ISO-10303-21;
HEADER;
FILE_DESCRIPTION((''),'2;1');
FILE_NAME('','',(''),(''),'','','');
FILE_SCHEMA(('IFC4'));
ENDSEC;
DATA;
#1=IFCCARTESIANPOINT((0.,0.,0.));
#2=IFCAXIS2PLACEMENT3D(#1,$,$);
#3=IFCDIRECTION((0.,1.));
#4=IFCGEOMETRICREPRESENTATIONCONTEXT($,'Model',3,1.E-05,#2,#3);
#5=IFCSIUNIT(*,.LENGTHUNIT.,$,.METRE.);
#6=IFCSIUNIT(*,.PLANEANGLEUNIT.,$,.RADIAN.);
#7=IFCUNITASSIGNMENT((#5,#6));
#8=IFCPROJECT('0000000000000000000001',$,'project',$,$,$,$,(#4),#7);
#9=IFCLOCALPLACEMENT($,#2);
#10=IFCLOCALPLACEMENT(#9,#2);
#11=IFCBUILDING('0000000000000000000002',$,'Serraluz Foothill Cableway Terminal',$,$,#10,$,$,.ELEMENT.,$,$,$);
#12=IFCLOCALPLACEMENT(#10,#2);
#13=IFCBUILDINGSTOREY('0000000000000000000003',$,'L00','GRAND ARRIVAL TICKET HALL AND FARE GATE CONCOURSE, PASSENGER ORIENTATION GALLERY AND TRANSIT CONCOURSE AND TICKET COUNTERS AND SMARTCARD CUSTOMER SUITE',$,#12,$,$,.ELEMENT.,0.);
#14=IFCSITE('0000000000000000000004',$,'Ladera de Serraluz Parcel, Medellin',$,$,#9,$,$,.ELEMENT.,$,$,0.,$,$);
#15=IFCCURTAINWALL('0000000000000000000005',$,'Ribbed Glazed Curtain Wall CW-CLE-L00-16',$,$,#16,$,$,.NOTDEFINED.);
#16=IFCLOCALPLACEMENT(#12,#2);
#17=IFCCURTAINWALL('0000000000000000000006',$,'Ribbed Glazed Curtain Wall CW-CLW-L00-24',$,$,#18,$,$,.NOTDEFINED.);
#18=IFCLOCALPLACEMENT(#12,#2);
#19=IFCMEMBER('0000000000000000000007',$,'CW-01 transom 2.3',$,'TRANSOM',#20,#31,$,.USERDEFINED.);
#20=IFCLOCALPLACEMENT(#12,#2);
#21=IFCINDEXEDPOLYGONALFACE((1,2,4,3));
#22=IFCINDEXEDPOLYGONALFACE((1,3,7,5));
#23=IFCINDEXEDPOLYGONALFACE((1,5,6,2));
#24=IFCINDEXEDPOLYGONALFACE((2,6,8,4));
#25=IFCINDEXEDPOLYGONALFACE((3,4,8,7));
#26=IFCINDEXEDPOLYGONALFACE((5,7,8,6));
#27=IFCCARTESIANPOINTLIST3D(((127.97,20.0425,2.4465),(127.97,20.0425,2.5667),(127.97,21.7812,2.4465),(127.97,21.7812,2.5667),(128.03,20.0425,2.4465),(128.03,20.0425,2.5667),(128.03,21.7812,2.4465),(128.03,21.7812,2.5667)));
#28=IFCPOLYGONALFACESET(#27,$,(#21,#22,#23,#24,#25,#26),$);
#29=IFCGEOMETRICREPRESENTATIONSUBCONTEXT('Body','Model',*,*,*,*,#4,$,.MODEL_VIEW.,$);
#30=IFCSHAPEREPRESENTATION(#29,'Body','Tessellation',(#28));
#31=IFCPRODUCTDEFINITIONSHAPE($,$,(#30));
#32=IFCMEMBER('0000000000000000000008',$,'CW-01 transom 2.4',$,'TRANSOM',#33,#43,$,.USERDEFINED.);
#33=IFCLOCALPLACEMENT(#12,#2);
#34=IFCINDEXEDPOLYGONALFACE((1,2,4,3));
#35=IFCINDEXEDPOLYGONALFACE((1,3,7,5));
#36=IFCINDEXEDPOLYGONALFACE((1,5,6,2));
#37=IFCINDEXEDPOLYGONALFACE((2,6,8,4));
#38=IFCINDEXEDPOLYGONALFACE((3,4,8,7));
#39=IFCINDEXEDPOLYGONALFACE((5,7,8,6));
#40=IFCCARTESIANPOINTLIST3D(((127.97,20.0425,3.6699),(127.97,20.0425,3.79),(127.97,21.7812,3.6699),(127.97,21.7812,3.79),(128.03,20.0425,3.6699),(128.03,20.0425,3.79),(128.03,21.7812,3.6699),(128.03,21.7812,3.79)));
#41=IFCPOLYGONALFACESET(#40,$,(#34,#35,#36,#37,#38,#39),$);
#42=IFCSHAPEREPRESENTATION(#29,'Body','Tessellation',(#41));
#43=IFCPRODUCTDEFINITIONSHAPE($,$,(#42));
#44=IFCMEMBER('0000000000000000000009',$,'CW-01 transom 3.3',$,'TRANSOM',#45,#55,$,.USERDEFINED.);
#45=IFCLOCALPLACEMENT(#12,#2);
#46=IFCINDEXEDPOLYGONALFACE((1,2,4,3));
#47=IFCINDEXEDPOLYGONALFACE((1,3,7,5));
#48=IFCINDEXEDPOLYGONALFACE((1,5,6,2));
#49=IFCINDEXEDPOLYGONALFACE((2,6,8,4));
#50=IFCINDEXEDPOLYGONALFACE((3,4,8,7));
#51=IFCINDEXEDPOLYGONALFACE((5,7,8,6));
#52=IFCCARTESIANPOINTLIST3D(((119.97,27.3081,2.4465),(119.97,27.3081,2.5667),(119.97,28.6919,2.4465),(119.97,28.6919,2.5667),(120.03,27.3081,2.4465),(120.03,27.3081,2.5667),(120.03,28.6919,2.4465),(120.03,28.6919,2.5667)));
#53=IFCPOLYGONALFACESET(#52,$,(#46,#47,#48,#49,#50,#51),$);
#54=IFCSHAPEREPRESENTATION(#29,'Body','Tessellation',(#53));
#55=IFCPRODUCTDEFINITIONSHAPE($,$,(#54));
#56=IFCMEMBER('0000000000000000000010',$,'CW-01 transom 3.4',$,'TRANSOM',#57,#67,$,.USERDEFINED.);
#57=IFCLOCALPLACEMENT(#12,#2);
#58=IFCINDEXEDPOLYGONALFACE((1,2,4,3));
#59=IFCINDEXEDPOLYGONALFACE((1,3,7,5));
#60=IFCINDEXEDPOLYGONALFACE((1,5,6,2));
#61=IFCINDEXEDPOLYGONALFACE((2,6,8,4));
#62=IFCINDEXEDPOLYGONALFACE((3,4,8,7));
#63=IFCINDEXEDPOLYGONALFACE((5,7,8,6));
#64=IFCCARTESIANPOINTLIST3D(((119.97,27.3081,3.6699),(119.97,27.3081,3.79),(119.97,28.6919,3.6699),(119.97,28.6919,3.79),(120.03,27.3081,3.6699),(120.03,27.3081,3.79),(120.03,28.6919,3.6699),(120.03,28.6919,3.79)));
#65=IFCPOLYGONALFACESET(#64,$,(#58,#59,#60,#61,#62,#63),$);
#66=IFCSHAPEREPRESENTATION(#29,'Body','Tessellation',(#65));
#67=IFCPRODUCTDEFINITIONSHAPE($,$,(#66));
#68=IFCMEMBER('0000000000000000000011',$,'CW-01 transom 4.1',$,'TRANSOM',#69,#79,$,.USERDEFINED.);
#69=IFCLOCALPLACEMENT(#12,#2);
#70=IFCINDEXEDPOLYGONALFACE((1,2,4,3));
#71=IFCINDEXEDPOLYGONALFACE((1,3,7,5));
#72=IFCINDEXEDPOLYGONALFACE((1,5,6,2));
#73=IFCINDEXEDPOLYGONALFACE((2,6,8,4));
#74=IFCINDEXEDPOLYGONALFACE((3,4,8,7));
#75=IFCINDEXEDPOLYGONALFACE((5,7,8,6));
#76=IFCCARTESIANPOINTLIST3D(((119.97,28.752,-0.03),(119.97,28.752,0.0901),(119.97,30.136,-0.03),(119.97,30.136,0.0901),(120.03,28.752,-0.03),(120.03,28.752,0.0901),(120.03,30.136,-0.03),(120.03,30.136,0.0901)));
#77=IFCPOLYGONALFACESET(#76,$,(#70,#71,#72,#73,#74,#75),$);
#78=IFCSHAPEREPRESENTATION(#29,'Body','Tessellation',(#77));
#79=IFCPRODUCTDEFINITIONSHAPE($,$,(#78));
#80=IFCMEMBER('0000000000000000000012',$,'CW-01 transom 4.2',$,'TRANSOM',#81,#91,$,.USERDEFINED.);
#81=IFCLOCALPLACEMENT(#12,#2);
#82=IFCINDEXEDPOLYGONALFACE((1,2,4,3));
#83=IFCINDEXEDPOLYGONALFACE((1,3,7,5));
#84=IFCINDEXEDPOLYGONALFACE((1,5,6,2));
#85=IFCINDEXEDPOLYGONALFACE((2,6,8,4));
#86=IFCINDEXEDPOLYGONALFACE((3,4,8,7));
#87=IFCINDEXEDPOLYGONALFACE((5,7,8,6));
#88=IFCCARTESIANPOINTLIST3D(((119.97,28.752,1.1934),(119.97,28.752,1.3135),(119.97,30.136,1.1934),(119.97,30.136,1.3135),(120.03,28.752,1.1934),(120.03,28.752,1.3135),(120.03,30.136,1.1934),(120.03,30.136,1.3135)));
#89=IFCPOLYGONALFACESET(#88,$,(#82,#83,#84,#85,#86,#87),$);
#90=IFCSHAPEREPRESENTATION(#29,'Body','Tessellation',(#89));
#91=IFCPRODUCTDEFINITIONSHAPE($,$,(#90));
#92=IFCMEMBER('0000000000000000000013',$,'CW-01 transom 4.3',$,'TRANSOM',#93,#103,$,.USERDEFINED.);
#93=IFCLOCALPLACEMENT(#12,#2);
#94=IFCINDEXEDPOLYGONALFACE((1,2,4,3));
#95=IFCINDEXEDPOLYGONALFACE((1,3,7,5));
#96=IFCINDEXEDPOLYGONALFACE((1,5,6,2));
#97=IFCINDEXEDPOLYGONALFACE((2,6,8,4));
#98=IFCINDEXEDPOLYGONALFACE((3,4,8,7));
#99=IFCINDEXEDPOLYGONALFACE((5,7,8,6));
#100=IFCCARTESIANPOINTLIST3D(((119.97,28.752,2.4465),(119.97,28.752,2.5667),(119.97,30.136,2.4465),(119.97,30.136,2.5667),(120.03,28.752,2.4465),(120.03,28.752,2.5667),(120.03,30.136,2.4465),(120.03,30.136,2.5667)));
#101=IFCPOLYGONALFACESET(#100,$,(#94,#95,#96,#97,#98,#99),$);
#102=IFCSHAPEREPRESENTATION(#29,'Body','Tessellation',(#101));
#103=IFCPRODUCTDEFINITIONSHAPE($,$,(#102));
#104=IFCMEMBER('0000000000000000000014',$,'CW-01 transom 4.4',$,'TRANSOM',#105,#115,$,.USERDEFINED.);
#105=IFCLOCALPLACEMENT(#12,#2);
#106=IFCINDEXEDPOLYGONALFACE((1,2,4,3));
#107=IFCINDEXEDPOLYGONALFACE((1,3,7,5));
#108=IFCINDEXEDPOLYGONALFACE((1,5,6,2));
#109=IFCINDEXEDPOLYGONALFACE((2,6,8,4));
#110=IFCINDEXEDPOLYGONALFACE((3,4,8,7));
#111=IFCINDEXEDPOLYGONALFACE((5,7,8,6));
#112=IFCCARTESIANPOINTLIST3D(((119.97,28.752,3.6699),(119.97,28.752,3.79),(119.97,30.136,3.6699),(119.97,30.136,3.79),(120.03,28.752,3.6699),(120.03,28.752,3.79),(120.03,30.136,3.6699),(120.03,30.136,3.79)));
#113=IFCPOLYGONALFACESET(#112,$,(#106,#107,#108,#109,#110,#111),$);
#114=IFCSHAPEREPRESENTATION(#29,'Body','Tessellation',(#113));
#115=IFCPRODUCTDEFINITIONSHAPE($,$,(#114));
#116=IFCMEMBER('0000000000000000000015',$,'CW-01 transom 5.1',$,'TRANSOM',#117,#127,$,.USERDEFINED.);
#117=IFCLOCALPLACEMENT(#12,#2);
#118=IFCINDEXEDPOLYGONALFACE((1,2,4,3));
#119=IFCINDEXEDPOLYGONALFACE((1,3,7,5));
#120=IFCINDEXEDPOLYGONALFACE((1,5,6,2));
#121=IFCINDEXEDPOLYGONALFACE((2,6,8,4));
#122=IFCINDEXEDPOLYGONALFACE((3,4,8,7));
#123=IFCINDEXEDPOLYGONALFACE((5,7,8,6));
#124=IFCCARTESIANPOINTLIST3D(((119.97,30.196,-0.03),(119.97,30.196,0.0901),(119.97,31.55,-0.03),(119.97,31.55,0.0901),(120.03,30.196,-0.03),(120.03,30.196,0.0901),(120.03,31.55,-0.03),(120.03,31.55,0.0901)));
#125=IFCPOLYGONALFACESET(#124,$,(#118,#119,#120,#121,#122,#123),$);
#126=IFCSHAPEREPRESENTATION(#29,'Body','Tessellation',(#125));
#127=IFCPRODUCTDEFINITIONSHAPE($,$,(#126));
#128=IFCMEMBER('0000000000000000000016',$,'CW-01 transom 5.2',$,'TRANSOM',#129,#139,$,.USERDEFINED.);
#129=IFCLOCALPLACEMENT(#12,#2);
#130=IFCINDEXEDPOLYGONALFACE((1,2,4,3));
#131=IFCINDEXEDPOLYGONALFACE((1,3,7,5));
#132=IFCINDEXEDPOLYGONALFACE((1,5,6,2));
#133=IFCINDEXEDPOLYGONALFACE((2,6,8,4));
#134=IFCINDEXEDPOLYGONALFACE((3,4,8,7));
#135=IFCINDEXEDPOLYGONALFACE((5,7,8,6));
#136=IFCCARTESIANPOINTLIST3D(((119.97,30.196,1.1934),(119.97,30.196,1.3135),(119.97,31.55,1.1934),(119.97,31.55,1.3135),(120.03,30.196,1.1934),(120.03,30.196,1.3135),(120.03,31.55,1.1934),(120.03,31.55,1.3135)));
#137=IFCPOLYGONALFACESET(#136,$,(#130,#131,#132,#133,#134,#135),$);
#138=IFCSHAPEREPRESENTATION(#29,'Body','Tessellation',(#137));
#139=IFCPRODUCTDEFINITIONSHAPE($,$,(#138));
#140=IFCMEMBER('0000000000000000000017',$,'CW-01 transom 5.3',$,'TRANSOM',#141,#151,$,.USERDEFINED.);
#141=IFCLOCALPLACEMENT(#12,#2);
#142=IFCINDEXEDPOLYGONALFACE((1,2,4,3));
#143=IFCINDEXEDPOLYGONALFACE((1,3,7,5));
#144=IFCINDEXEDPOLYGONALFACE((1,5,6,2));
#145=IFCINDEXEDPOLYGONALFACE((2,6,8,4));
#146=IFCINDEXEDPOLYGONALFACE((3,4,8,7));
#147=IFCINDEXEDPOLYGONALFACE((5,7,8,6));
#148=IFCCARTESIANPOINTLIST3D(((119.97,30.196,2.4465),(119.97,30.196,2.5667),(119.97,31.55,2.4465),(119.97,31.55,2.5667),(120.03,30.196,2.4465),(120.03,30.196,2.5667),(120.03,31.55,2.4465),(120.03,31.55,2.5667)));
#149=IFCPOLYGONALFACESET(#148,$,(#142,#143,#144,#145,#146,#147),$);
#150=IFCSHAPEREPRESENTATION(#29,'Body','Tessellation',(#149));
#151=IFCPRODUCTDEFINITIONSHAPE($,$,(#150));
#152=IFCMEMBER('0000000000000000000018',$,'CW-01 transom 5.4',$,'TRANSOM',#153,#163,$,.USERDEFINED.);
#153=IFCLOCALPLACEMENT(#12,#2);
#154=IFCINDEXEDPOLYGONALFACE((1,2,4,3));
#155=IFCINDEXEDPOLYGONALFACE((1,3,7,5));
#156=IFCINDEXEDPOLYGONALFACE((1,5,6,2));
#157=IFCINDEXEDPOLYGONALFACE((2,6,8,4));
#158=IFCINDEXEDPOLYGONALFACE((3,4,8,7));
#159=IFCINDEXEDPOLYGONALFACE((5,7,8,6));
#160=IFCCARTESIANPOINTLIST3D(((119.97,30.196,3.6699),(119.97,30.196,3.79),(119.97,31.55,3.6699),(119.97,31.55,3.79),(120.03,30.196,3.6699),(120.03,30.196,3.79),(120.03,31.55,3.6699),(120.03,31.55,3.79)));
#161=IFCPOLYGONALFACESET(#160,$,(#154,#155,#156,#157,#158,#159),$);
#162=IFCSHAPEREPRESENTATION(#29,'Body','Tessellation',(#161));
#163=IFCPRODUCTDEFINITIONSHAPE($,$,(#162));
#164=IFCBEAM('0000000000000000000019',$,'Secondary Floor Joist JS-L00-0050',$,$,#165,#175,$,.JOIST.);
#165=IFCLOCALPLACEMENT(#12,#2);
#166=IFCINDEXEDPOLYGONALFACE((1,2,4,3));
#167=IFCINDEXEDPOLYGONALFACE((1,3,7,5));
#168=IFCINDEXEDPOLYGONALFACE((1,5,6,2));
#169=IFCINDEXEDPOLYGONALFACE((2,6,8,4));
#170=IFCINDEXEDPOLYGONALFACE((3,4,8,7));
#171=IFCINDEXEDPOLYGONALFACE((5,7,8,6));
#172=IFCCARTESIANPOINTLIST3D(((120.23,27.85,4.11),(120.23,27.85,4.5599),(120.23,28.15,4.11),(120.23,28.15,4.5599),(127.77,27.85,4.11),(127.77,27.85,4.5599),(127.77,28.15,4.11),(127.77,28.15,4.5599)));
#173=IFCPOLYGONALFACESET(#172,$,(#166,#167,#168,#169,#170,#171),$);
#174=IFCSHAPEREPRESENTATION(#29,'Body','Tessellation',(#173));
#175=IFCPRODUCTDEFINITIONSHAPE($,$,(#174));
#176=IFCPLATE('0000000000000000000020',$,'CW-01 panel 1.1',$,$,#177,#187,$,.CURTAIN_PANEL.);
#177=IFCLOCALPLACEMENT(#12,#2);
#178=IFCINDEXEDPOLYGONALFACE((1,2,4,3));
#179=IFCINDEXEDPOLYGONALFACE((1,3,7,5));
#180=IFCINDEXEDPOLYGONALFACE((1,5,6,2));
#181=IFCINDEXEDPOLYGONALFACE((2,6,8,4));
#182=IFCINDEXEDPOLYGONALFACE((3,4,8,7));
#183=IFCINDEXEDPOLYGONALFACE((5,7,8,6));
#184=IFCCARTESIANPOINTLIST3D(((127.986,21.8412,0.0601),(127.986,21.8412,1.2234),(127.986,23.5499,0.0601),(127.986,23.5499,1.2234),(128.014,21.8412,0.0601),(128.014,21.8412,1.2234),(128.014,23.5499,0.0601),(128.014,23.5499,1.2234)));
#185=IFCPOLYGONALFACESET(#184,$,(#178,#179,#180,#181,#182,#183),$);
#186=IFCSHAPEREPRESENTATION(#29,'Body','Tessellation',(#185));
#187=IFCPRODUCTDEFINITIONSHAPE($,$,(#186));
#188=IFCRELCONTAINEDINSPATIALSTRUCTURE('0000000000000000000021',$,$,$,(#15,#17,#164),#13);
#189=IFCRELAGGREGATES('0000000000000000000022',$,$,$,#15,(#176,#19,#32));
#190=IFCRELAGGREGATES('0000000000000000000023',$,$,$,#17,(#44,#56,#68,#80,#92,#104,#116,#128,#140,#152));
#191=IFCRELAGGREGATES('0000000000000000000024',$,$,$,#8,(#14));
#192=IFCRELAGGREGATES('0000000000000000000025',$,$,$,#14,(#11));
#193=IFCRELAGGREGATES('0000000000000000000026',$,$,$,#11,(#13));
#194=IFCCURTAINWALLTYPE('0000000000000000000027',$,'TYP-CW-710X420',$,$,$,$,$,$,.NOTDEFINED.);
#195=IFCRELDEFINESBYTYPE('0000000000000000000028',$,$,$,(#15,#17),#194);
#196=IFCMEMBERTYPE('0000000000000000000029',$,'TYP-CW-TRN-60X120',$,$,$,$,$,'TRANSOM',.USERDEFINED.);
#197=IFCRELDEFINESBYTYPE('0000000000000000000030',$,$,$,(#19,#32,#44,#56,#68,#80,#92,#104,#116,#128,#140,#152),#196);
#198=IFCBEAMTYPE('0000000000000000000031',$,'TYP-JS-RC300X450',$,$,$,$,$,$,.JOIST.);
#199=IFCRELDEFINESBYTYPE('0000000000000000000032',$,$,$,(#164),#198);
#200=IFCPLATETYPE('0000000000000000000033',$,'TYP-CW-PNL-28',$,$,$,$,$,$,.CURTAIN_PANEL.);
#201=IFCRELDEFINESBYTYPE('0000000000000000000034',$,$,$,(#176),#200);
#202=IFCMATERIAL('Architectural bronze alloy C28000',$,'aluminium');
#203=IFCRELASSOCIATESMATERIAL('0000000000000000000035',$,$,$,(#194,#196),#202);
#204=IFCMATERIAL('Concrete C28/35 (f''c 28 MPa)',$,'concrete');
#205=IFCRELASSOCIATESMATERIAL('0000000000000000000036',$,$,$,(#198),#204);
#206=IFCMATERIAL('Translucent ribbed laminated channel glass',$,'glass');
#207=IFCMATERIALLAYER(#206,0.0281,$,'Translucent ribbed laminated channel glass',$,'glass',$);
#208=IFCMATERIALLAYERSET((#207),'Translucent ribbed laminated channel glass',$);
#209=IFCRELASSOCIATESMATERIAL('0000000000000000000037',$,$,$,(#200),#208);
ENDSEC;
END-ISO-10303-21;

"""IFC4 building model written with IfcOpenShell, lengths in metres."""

from ifc_helpers import new_model, si_unit, direction, frame, origin, origin_2d, place, context, subcontext, project, spatial, rectangle, extrude, material, layer, layer_set, material_profile, profile_set, type_object, element, aggregate, save


model = new_model("IFC4")

# Units and contexts
model_context = context("Model", 3, precision=1e-05, world=origin(), true_north=direction((0.0, 1.0)))
body_context = subcontext(model_context, "Body", "Model", "MODEL_VIEW")
ifc_project = project(units=[si_unit("LENGTHUNIT", "METRE"), si_unit("PLANEANGLEUNIT", "RADIAN")], contexts=[model_context])

# Site, building, storey
site_placement = place(None, origin())
site = spatial("IfcSite", under=ifc_project, at=site_placement, Name="Ladera de Serraluz Parcel, Medellin", CompositionType="ELEMENT", RefElevation=0.0)
building_placement = place(site_placement, origin())
building = spatial("IfcBuilding", under=site, at=building_placement, Name="Serraluz Foothill Cableway Terminal", CompositionType="ELEMENT")
storey_placement = place(building_placement, origin())
storey = spatial("IfcBuildingStorey", under=building, at=storey_placement, Name="L00", Description="GRAND ARRIVAL TICKET HALL AND FARE GATE CONCOURSE, PASSENGER ORIENTATION GALLERY AND TRANSIT CONCOURSE AND TICKET COUNTERS AND SMARTCARD CUSTOMER SUITE", CompositionType="ELEMENT", Elevation=0.0)

# Shared definitions
ifc_material_1 = material(Name="Concrete C28/35 (f'c 28 MPa)", Category="concrete")

# Curtain wall
ifc_material_2 = material(Name="Architectural bronze alloy C28000", Category="aluminium")
curtain_wall_type = type_object("IfcCurtainWallType", Name="TYP-CW-710X420", PredefinedType="NOTDEFINED", material=ifc_material_2)
curtain_wall_1_placement = place(storey_placement, origin())
curtain_wall_1 = element("IfcCurtainWall", 1, at=curtain_wall_1_placement, inside=storey, type_object=curtain_wall_type, Name="Ribbed Glazed Curtain Wall CW-CLE-L00-16", PredefinedType="NOTDEFINED")

# Curtain wall
curtain_wall_2_placement = place(storey_placement, origin())
curtain_wall_2 = element("IfcCurtainWall", 2, at=curtain_wall_2_placement, inside=storey, type_object=curtain_wall_type, Name="Ribbed Glazed Curtain Wall CW-CLW-L00-24", PredefinedType="NOTDEFINED")

# Members
ifc_material_profile_1 = material_profile(ifc_material_2, rectangle(XDim=0.0601, YDim=0.1201, at=origin_2d()), Name="ALU TRANSOM 60x120")
ifc_profile_set_1 = profile_set([ifc_material_profile_1], Name="Architectural bronze alloy C28000")
member_type_1 = type_object("IfcMemberType", Name="TYP-CW-TRN-60X120", ElementType="TRANSOM", PredefinedType="USERDEFINED", material=ifc_profile_set_1)
member_1_placement = place(storey_placement, frame((128.0, 21.7812, 2.5066), z_axis=(0.0, -1.0, 0.0), x_axis=(1.0, 0.0, 0.0)))
member_1 = element("IfcMember", 3, at=member_1_placement, type_object=member_type_1, Name="CW-01 transom 2.3", ObjectType="TRANSOM", PredefinedType="USERDEFINED", context=body_context, shape_type="SweptSolid", body=[
    extrude(rectangle(XDim=0.0601, YDim=0.1201, at=origin_2d()), origin(), (0.0, 0.0, 1.0), 1.7388),
])
member_2_placement = place(storey_placement, frame((128.0, 21.7812, 3.73), z_axis=(0.0, -1.0, 0.0), x_axis=(1.0, 0.0, 0.0)))
member_2 = element("IfcMember", 4, at=member_2_placement, type_object=member_type_1, Name="CW-01 transom 2.4", ObjectType="TRANSOM", PredefinedType="USERDEFINED", context=body_context, shape_type="SweptSolid", body=[
    extrude(rectangle(XDim=0.0601, YDim=0.1201, at=origin_2d()), origin(), (0.0, 0.0, 1.0), 1.7388),
])
member_3_placement = place(storey_placement, frame((120.0, 27.3081, 2.5066), z_axis=(0.0, 1.0, 0.0), x_axis=(-1.0, 0.0, 0.0)))
member_3 = element("IfcMember", 5, at=member_3_placement, type_object=member_type_1, Name="CW-01 transom 3.3", ObjectType="TRANSOM", PredefinedType="USERDEFINED", context=body_context, shape_type="SweptSolid", body=[
    extrude(rectangle(XDim=0.0601, YDim=0.1201, at=origin_2d()), origin(), (0.0, 0.0, 1.0), 1.3838),
])
member_4_placement = place(storey_placement, frame((120.0, 27.3081, 3.73), z_axis=(0.0, 1.0, 0.0), x_axis=(-1.0, 0.0, 0.0)))
member_4 = element("IfcMember", 6, at=member_4_placement, type_object=member_type_1, Name="CW-01 transom 3.4", ObjectType="TRANSOM", PredefinedType="USERDEFINED", context=body_context, shape_type="SweptSolid", body=[
    extrude(rectangle(XDim=0.0601, YDim=0.1201, at=origin_2d()), origin(), (0.0, 0.0, 1.0), 1.3838),
])
member_5_placement = place(storey_placement, frame((120.0, 28.752, 0.03), z_axis=(0.0, 1.0, 0.0), x_axis=(-1.0, 0.0, 0.0)))
member_5 = element("IfcMember", 7, at=member_5_placement, type_object=member_type_1, Name="CW-01 transom 4.1", ObjectType="TRANSOM", PredefinedType="USERDEFINED", context=body_context, shape_type="SweptSolid", body=[
    extrude(rectangle(XDim=0.0601, YDim=0.1201, at=origin_2d()), origin(), (0.0, 0.0, 1.0), 1.384),
])
member_6_placement = place(storey_placement, frame((120.0, 28.752, 1.2534), z_axis=(0.0, 1.0, 0.0), x_axis=(-1.0, 0.0, 0.0)))
member_6 = element("IfcMember", 8, at=member_6_placement, type_object=member_type_1, Name="CW-01 transom 4.2", ObjectType="TRANSOM", PredefinedType="USERDEFINED", context=body_context, shape_type="SweptSolid", body=[
    extrude(rectangle(XDim=0.0601, YDim=0.1201, at=origin_2d()), origin(), (0.0, 0.0, 1.0), 1.384),
])
member_7_placement = place(storey_placement, frame((120.0, 28.752, 2.5066), z_axis=(0.0, 1.0, 0.0), x_axis=(-1.0, 0.0, 0.0)))
member_7 = element("IfcMember", 9, at=member_7_placement, type_object=member_type_1, Name="CW-01 transom 4.3", ObjectType="TRANSOM", PredefinedType="USERDEFINED", context=body_context, shape_type="SweptSolid", body=[
    extrude(rectangle(XDim=0.0601, YDim=0.1201, at=origin_2d()), origin(), (0.0, 0.0, 1.0), 1.384),
])
member_8_placement = place(storey_placement, frame((120.0, 28.752, 3.73), z_axis=(0.0, 1.0, 0.0), x_axis=(-1.0, 0.0, 0.0)))
member_8 = element("IfcMember", 10, at=member_8_placement, type_object=member_type_1, Name="CW-01 transom 4.4", ObjectType="TRANSOM", PredefinedType="USERDEFINED", context=body_context, shape_type="SweptSolid", body=[
    extrude(rectangle(XDim=0.0601, YDim=0.1201, at=origin_2d()), origin(), (0.0, 0.0, 1.0), 1.384),
])
member_9_placement = place(storey_placement, frame((120.0, 30.196, 0.03), z_axis=(0.0, 1.0, 0.0), x_axis=(-1.0, 0.0, 0.0)))
member_9 = element("IfcMember", 11, at=member_9_placement, type_object=member_type_1, Name="CW-01 transom 5.1", ObjectType="TRANSOM", PredefinedType="USERDEFINED", context=body_context, shape_type="SweptSolid", body=[
    extrude(rectangle(XDim=0.0601, YDim=0.1201, at=origin_2d()), origin(), (0.0, 0.0, 1.0), 1.354),
])
member_10_placement = place(storey_placement, frame((120.0, 30.196, 1.2534), z_axis=(0.0, 1.0, 0.0), x_axis=(-1.0, 0.0, 0.0)))
member_10 = element("IfcMember", 12, at=member_10_placement, type_object=member_type_1, Name="CW-01 transom 5.2", ObjectType="TRANSOM", PredefinedType="USERDEFINED", context=body_context, shape_type="SweptSolid", body=[
    extrude(rectangle(XDim=0.0601, YDim=0.1201, at=origin_2d()), origin(), (0.0, 0.0, 1.0), 1.354),
])
member_11_placement = place(storey_placement, frame((120.0, 30.196, 2.5066), z_axis=(0.0, 1.0, 0.0), x_axis=(-1.0, 0.0, 0.0)))
member_11 = element("IfcMember", 13, at=member_11_placement, type_object=member_type_1, Name="CW-01 transom 5.3", ObjectType="TRANSOM", PredefinedType="USERDEFINED", context=body_context, shape_type="SweptSolid", body=[
    extrude(rectangle(XDim=0.0601, YDim=0.1201, at=origin_2d()), origin(), (0.0, 0.0, 1.0), 1.354),
])
member_12_placement = place(storey_placement, frame((120.0, 30.196, 3.73), z_axis=(0.0, 1.0, 0.0), x_axis=(-1.0, 0.0, 0.0)))
member_12 = element("IfcMember", 14, at=member_12_placement, type_object=member_type_1, Name="CW-01 transom 5.4", ObjectType="TRANSOM", PredefinedType="USERDEFINED", context=body_context, shape_type="SweptSolid", body=[
    extrude(rectangle(XDim=0.0601, YDim=0.1201, at=origin_2d()), origin(), (0.0, 0.0, 1.0), 1.354),
])

# Beam
ifc_material_profile_2 = material_profile(ifc_material_1, rectangle(XDim=0.3, YDim=0.45, at=origin_2d()), Name="RC 300x450")
ifc_profile_set_2 = profile_set([ifc_material_profile_2], Name="Concrete C28/35 (f'c 28 MPa)")
beam_type_1 = type_object("IfcBeamType", Name="TYP-JS-RC300X450", PredefinedType="JOIST", material=ifc_profile_set_2)
beam_1_placement = place(storey_placement, frame((120.23, 28.0, 4.335), z_axis=(1.0, 0.0, 0.0), x_axis=(0.0, 1.0, 0.0)))
element("IfcBeam", 15, at=beam_1_placement, inside=storey, type_object=beam_type_1, Name="Secondary Floor Joist JS-L00-0050", PredefinedType="JOIST", context=body_context, shape_type="SweptSolid", body=[
    extrude(rectangle(XDim=0.3, YDim=0.45, at=origin_2d()), origin(), (0.0, 0.0, 1.0), 7.54),
])

# Plate
ifc_material_3 = material(Name="Translucent ribbed laminated channel glass", Category="glass")
ifc_layer = layer(ifc_material_3, 0.0281, Name="Translucent ribbed laminated channel glass", Category="glass")
ifc_layer_set = layer_set([ifc_layer], Name="Translucent ribbed laminated channel glass")
plate_type = type_object("IfcPlateType", Name="TYP-CW-PNL-28", PredefinedType="CURTAIN_PANEL", material=ifc_layer_set)
plate_1_placement = place(storey_placement, frame((128.0, 22.6956, 0.0601), z_axis=(0.0, 0.0, 1.0), x_axis=(0.0, -1.0, 0.0)))
plate_1 = element("IfcPlate", 16, at=plate_1_placement, type_object=plate_type, Name="CW-01 panel 1.1", PredefinedType="CURTAIN_PANEL", context=body_context, shape_type="SweptSolid", body=[
    extrude(rectangle(XDim=1.7087, YDim=0.0281, at=origin_2d()), origin(), (0.0, 0.0, 1.0), 1.1633),
])
aggregate(curtain_wall_1, [plate_1, member_1, member_2])
aggregate(curtain_wall_2, [member_3, member_4, member_5, member_6, member_7, member_8, member_9, member_10, member_11, member_12])

save(model, "model.ifc")
